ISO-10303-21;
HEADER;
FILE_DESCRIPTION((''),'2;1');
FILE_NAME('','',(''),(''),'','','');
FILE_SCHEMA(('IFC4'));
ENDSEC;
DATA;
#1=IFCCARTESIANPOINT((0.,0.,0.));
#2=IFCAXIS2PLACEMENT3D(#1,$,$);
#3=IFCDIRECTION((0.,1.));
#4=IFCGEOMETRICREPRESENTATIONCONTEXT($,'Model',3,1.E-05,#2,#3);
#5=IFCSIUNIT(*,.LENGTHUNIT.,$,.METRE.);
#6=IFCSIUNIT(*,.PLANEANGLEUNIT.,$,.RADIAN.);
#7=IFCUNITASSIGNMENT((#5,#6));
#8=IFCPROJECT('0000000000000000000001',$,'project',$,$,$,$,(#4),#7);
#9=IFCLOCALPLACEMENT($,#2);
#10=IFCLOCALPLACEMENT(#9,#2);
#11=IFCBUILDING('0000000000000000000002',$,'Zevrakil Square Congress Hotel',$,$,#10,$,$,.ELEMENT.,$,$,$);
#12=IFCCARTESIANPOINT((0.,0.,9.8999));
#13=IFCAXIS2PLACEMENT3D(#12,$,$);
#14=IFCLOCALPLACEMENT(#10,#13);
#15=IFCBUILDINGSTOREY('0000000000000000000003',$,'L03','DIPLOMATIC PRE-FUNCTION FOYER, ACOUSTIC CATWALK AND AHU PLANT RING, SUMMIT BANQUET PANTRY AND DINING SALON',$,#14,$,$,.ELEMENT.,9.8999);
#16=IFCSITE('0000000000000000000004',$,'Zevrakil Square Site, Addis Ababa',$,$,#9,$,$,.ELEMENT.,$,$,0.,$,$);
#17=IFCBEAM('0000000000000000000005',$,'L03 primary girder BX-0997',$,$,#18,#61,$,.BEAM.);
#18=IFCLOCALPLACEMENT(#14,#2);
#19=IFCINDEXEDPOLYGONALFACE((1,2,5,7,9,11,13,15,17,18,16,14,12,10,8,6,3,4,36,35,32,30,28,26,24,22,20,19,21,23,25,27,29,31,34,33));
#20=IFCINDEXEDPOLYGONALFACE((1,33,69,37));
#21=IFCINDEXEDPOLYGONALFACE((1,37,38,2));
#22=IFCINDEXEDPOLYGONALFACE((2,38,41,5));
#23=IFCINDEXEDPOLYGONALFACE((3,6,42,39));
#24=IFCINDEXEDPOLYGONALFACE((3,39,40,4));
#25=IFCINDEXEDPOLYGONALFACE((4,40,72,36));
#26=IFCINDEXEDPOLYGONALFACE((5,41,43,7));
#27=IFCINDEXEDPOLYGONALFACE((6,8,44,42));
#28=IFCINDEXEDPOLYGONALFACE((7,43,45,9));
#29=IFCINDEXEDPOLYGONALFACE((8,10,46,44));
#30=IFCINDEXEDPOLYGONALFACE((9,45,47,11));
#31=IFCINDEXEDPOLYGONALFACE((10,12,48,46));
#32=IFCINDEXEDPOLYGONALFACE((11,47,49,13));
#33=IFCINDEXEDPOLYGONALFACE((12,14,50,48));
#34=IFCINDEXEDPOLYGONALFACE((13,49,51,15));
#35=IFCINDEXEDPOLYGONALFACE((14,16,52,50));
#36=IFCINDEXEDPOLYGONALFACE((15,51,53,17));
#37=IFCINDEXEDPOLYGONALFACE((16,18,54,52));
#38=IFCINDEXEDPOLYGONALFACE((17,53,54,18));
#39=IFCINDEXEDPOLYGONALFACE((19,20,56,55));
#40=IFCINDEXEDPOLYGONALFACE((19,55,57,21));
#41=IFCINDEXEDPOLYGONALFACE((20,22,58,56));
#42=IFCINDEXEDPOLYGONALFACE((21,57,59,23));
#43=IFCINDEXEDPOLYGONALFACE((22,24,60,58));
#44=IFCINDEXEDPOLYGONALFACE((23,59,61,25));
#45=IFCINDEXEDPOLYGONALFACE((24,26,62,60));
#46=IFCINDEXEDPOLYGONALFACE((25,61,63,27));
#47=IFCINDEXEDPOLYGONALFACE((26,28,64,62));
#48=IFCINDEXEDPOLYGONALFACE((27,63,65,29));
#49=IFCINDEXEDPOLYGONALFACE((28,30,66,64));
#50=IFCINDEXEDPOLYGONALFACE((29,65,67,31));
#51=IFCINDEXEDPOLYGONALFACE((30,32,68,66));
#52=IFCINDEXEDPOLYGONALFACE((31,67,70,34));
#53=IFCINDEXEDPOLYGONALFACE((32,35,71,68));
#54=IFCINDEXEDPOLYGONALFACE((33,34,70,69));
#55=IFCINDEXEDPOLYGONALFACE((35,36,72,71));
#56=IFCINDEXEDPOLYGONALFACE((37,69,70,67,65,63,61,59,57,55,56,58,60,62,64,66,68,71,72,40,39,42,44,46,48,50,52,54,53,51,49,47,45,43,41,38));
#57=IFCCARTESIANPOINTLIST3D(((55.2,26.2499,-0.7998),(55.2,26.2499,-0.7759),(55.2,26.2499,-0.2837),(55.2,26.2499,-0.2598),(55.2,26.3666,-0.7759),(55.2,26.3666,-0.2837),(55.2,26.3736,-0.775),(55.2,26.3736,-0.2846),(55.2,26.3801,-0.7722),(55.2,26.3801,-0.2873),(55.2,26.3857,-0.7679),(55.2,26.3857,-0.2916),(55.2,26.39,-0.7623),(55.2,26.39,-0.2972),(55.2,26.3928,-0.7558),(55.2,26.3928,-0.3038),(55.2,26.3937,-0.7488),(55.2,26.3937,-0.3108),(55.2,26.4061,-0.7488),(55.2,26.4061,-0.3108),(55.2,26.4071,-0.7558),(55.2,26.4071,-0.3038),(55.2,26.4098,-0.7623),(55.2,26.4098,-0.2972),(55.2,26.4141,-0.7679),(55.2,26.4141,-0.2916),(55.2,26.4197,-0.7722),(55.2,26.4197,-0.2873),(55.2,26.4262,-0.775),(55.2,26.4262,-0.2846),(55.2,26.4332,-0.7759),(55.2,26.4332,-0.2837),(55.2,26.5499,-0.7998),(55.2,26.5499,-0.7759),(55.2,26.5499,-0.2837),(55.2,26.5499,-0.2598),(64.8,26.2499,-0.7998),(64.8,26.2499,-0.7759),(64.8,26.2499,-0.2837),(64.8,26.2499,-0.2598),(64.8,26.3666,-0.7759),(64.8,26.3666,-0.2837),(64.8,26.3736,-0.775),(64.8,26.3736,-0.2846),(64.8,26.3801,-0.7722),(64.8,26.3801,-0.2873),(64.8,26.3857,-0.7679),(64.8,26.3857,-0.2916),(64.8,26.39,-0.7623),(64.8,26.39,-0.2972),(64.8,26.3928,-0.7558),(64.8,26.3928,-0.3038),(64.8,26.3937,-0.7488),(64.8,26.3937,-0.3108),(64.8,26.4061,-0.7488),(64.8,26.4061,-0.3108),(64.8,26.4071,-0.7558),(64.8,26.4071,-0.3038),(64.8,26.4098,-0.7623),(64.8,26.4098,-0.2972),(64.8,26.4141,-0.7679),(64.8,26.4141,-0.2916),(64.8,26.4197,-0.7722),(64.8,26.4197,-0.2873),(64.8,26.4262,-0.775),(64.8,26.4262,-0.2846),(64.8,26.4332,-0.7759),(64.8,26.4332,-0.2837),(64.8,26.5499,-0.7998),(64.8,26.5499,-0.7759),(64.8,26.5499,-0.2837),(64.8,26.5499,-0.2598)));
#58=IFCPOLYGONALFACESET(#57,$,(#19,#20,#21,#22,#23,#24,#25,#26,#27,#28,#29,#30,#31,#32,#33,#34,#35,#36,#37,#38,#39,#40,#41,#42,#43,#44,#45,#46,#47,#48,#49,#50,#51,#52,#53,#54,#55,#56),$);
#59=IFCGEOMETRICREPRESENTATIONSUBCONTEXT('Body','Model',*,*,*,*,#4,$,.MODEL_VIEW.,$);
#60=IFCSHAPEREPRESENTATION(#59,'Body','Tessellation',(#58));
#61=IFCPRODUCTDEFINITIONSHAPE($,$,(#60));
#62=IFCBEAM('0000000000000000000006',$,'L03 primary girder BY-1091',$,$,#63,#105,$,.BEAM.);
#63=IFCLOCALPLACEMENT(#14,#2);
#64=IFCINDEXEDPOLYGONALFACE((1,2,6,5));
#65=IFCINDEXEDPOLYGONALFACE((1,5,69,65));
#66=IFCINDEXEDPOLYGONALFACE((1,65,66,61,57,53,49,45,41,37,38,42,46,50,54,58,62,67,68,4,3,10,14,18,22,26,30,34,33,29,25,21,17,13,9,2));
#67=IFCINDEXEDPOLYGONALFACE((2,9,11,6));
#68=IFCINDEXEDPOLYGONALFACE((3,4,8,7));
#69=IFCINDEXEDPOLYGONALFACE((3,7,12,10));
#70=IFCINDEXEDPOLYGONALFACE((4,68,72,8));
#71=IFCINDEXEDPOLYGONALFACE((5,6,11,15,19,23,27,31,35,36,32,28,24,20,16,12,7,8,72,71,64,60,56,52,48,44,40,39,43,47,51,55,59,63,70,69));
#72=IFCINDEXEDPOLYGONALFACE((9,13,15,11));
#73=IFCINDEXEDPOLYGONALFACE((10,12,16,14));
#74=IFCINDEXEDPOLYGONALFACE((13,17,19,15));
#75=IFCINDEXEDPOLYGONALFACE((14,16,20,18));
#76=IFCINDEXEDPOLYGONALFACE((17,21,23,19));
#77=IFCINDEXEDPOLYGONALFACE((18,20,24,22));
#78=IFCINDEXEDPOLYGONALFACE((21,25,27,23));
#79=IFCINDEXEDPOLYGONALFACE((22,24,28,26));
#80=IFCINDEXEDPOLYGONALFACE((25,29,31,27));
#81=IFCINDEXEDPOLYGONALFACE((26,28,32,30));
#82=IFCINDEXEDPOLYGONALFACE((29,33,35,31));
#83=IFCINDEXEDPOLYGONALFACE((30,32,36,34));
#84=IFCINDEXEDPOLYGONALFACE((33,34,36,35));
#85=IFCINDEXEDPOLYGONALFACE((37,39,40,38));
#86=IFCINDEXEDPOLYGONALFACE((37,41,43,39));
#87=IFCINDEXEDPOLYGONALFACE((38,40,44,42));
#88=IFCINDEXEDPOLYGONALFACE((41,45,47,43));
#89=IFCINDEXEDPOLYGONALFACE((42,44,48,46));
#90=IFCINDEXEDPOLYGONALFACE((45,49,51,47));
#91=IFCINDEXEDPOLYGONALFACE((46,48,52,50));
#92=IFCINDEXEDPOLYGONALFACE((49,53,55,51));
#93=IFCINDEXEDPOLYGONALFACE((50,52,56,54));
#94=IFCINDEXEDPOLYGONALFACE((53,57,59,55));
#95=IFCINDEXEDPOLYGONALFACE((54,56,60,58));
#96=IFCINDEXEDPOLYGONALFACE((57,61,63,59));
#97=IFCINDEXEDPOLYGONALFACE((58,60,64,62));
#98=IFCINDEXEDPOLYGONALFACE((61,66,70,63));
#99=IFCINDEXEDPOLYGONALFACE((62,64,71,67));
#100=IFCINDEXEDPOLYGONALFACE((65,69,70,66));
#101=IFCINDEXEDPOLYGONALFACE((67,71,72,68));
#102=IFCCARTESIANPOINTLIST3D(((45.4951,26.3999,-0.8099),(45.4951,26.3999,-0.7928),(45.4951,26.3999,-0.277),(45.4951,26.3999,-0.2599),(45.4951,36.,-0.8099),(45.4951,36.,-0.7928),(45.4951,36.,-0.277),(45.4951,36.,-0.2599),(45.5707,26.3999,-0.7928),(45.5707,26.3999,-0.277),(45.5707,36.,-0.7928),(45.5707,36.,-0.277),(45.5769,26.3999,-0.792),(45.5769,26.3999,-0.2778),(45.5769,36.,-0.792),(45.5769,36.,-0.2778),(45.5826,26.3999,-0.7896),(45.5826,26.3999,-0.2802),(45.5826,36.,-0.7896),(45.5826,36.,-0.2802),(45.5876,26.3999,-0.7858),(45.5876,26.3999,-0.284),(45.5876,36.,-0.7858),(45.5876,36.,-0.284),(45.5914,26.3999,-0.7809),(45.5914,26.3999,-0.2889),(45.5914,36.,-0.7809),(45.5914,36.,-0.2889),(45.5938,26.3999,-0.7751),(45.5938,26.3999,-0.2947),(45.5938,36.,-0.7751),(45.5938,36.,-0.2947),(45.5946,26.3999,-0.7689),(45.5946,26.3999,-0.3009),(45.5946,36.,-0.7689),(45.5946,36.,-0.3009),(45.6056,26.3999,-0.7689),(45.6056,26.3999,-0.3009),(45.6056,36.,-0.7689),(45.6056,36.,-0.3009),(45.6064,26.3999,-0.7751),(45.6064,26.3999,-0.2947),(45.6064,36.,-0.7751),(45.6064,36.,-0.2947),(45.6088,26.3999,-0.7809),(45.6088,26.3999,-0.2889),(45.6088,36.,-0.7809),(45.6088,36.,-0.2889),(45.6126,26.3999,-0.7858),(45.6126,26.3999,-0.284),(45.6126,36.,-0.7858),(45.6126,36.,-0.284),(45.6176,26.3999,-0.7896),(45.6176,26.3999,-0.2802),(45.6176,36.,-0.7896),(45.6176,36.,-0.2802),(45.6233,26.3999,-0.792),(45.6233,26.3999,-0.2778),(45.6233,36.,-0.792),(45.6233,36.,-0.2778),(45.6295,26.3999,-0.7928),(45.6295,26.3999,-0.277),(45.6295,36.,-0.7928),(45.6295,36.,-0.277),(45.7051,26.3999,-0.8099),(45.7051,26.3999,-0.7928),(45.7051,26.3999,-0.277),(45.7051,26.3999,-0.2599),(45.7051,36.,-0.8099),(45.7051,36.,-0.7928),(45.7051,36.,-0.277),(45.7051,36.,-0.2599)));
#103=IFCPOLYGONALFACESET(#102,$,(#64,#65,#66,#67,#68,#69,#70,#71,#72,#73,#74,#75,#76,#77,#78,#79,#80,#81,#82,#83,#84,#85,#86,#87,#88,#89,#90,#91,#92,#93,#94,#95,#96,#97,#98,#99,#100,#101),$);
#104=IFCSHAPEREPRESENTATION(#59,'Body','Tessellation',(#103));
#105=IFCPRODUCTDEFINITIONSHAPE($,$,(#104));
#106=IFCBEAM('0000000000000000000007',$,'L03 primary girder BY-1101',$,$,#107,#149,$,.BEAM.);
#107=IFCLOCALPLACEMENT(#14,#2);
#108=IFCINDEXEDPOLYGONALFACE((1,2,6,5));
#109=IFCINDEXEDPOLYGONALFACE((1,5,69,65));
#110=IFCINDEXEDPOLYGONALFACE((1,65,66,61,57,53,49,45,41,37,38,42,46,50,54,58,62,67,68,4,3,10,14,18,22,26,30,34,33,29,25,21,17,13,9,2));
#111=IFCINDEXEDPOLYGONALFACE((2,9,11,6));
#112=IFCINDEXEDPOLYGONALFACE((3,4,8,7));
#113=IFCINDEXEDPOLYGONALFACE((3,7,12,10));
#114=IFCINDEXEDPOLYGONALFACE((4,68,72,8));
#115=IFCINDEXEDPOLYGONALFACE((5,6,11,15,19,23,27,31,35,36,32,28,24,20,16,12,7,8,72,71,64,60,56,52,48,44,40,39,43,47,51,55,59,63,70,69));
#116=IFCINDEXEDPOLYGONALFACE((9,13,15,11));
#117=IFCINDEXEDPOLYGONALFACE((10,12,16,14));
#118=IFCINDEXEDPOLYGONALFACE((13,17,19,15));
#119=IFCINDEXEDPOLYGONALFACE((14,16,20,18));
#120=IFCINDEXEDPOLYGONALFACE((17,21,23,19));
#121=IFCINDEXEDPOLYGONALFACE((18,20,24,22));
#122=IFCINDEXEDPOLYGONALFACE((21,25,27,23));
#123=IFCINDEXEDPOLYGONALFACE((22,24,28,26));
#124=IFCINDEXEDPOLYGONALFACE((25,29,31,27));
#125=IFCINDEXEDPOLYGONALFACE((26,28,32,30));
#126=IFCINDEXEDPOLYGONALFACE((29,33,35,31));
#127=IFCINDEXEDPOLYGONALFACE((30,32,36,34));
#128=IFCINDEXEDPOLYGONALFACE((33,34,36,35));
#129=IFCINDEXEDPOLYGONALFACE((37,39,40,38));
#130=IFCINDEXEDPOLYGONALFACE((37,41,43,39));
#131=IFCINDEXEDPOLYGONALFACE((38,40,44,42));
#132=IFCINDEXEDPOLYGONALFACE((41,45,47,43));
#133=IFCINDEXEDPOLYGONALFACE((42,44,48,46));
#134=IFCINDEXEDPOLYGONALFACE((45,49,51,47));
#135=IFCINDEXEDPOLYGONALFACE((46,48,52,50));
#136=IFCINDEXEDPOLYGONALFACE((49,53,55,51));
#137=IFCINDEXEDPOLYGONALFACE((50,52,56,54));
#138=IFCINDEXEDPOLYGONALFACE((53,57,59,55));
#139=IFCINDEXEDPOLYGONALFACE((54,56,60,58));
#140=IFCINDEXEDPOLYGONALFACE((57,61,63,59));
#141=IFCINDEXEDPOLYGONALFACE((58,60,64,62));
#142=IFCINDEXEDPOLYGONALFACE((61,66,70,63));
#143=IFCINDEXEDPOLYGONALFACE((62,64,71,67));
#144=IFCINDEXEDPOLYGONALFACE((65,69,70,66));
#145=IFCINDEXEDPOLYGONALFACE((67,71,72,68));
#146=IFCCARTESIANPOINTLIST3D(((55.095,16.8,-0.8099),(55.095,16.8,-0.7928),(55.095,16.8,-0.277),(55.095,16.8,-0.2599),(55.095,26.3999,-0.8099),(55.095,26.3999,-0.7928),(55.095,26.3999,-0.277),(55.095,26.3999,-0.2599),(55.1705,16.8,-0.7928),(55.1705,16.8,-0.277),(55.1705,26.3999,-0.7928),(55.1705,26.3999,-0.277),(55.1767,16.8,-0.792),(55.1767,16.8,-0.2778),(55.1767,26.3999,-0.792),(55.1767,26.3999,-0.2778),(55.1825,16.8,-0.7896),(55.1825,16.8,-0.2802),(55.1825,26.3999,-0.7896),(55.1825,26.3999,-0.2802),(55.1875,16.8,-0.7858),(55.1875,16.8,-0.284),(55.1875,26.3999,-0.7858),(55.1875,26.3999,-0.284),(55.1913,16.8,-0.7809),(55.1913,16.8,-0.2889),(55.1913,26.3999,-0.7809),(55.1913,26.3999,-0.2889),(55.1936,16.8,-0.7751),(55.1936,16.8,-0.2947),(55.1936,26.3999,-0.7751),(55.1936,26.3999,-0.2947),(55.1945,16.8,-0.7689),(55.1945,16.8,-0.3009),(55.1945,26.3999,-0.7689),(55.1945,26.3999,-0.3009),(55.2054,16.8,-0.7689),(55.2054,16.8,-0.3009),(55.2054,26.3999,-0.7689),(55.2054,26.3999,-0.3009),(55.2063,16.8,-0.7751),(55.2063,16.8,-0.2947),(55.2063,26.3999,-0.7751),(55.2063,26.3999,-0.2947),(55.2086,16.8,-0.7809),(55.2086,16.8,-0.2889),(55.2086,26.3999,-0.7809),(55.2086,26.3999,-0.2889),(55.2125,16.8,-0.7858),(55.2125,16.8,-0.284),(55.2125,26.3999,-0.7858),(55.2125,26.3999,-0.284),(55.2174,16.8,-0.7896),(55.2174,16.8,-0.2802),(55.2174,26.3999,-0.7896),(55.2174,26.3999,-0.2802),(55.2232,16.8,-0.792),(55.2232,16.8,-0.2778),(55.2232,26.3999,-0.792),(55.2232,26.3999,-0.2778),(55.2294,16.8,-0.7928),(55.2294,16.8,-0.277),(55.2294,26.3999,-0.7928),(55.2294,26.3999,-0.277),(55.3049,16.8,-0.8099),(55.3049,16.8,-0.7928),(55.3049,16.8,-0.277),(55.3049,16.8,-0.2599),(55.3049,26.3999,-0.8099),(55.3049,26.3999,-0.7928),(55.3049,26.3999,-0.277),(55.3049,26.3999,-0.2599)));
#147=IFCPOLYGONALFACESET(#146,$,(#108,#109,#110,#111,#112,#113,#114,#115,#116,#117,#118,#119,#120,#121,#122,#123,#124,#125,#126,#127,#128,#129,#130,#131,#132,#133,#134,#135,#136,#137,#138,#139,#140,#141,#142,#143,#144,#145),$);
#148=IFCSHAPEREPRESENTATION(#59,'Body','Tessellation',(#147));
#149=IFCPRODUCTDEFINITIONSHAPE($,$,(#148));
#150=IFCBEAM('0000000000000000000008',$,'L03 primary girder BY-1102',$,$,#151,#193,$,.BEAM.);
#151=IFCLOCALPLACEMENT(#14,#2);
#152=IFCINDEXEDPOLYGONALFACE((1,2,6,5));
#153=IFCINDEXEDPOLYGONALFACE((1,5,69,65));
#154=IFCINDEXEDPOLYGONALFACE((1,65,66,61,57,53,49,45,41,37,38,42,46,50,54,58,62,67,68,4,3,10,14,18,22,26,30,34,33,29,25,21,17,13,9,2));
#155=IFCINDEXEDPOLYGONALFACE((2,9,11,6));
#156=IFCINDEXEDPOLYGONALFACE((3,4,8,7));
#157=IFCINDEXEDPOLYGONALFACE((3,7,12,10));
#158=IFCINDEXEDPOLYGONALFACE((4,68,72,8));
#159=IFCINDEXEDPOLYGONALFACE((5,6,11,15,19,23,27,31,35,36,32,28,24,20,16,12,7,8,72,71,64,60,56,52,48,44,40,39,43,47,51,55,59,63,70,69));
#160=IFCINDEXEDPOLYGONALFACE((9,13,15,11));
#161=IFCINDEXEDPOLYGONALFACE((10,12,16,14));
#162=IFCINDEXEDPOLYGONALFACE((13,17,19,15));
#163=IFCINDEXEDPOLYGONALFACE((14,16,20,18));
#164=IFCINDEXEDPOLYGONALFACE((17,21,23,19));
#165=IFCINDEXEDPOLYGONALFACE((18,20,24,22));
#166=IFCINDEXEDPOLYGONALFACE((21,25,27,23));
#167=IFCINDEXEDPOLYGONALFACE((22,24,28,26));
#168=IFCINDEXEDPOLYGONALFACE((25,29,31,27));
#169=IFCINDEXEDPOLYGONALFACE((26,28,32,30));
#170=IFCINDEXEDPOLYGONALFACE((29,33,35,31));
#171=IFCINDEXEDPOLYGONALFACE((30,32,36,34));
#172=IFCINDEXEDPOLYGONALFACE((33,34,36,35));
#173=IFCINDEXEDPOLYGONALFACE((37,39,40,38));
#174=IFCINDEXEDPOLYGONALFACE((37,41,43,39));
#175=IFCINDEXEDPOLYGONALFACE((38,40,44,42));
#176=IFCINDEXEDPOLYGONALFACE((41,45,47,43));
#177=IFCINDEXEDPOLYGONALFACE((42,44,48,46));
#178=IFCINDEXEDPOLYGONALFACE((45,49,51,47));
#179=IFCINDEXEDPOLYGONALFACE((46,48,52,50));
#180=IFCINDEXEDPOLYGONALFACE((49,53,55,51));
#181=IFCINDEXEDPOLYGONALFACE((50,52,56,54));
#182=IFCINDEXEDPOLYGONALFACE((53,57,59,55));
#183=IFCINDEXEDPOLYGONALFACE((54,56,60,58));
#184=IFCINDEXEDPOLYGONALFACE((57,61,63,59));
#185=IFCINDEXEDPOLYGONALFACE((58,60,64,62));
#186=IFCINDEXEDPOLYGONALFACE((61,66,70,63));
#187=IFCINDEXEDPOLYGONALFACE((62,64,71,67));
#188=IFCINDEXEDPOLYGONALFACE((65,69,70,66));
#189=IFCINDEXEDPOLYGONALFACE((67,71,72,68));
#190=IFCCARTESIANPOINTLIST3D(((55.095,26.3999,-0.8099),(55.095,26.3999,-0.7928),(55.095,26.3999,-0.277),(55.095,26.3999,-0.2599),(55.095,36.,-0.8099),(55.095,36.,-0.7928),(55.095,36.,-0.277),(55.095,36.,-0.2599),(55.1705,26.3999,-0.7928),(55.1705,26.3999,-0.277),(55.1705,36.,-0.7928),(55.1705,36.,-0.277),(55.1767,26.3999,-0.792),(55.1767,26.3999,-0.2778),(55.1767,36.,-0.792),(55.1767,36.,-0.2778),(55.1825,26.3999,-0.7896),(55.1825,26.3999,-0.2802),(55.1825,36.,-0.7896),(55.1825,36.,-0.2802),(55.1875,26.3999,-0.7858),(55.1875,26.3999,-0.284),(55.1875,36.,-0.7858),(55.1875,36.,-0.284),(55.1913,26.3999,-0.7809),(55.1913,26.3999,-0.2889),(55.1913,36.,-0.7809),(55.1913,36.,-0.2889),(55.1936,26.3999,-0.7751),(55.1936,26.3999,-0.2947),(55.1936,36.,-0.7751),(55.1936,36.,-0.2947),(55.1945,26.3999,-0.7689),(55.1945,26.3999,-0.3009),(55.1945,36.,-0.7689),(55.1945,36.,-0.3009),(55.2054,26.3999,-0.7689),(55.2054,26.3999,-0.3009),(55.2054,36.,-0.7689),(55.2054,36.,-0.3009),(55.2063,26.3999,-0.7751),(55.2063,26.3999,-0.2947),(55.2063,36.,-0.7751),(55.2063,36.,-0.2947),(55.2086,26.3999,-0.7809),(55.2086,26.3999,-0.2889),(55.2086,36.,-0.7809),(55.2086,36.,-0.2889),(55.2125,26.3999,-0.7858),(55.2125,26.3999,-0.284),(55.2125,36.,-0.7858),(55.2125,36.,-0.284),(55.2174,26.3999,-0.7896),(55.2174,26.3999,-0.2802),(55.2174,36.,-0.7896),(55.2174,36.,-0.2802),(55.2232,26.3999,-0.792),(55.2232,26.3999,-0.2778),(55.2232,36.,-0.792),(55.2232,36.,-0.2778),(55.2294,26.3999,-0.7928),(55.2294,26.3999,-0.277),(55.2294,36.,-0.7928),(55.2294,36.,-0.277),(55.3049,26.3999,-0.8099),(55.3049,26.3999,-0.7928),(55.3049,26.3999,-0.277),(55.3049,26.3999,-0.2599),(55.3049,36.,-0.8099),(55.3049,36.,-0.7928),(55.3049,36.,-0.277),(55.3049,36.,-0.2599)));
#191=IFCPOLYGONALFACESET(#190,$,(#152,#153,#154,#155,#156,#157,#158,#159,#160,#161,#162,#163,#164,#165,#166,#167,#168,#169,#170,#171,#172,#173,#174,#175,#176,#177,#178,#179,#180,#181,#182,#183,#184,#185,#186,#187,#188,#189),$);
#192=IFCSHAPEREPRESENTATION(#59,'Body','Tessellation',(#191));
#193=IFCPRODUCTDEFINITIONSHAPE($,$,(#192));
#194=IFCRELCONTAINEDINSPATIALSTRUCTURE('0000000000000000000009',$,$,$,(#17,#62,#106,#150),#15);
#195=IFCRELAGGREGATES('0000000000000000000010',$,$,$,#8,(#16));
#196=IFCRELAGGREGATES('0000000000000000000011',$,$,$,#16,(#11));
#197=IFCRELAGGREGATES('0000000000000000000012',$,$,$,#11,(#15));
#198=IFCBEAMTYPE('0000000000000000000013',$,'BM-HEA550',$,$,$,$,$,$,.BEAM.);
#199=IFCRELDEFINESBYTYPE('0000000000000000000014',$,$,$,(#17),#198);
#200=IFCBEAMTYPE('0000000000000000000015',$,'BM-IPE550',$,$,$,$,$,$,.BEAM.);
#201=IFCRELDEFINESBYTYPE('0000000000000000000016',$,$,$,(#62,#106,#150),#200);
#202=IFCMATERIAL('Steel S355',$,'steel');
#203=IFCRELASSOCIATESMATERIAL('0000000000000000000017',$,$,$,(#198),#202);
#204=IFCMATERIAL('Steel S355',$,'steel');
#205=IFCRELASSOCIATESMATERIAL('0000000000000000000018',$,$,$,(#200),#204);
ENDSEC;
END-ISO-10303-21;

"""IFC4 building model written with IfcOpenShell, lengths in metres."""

from ifc_helpers import new_model, si_unit, direction, frame, origin, origin_2d, place, context, subcontext, project, spatial, i_section, extrude, material, material_profile, profile_set, type_object, element, save


model = new_model("IFC4")

# Units and contexts
model_context = context("Model", 3, precision=1e-05, world=origin(), true_north=direction((0.0, 1.0)))
body_context = subcontext(model_context, "Body", "Model", "MODEL_VIEW")
ifc_project = project(units=[si_unit("LENGTHUNIT", "METRE"), si_unit("PLANEANGLEUNIT", "RADIAN")], contexts=[model_context])

# Site, building, storey
site_placement = place(None, origin())
site = spatial("IfcSite", under=ifc_project, at=site_placement, Name="Zevrakil Square Site, Addis Ababa", CompositionType="ELEMENT", RefElevation=0.0)
building_placement = place(site_placement, origin())
building = spatial("IfcBuilding", under=site, at=building_placement, Name="Zevrakil Square Congress Hotel", CompositionType="ELEMENT")
storey_placement = place(building_placement, frame((0.0, 0.0, 9.8999)))
storey = spatial("IfcBuildingStorey", under=building, at=storey_placement, Name="L03", Description="DIPLOMATIC PRE-FUNCTION FOYER, ACOUSTIC CATWALK AND AHU PLANT RING, SUMMIT BANQUET PANTRY AND DINING SALON", CompositionType="ELEMENT", Elevation=9.8999)

# Beams
ifc_material_1 = material(Name="Steel S355", Category="steel")
ifc_material_profile_1 = material_profile(ifc_material_1, i_section(OverallWidth=0.3, OverallDepth=0.54, WebThickness=0.0125, FlangeThickness=0.0239, FilletRadius=0.0271, at=origin_2d()), Name="HEA 550")
ifc_profile_set_1 = profile_set([ifc_material_profile_1], Name="Steel S355")
beam_type_1 = type_object("IfcBeamType", Name="BM-HEA550", PredefinedType="BEAM", material=ifc_profile_set_1)
beam_1_placement = place(storey_placement, frame((55.2, 26.3999, -0.5298), z_axis=(1.0, 0.0, 0.0), x_axis=(0.0, 1.0, 0.0)))
element("IfcBeam", 1, at=beam_1_placement, inside=storey, type_object=beam_type_1, Name="L03 primary girder BX-0997", PredefinedType="BEAM", context=body_context, shape_type="SweptSolid", body=[
    extrude(i_section(OverallWidth=0.3, OverallDepth=0.54, WebThickness=0.0125, FlangeThickness=0.0239, FilletRadius=0.0271, at=origin_2d()), origin(), (0.0, 0.0, 1.0), 9.6001),
])
ifc_material_2 = material(Name="Steel S355", Category="steel")
ifc_material_profile_2 = material_profile(ifc_material_2, i_section(OverallWidth=0.21, OverallDepth=0.55, WebThickness=0.011, FlangeThickness=0.0171, FilletRadius=0.0239, at=origin_2d()), Name="IPE 550")
ifc_profile_set_2 = profile_set([ifc_material_profile_2], Name="Steel S355")
beam_type_2 = type_object("IfcBeamType", Name="BM-IPE550", PredefinedType="BEAM", material=ifc_profile_set_2)
beam_2_placement = place(storey_placement, frame((45.6001, 26.3999, -0.5349), z_axis=(0.0, 1.0, 0.0), x_axis=(-1.0, 0.0, 0.0)))
element("IfcBeam", 2, at=beam_2_placement, inside=storey, type_object=beam_type_2, Name="L03 primary girder BY-1091", PredefinedType="BEAM", context=body_context, shape_type="SweptSolid", body=[
    extrude(i_section(OverallWidth=0.21, OverallDepth=0.55, WebThickness=0.011, FlangeThickness=0.0171, FilletRadius=0.0239, at=origin_2d()), origin(), (0.0, 0.0, 1.0), 9.6001),
])
beam_3_placement = place(storey_placement, frame((55.2, 16.8, -0.5349), z_axis=(0.0, 1.0, 0.0), x_axis=(-1.0, 0.0, 0.0)))
element("IfcBeam", 3, at=beam_3_placement, inside=storey, type_object=beam_type_2, Name="L03 primary girder BY-1101", PredefinedType="BEAM", context=body_context, shape_type="SweptSolid", body=[
    extrude(i_section(OverallWidth=0.21, OverallDepth=0.55, WebThickness=0.011, FlangeThickness=0.0171, FilletRadius=0.0239, at=origin_2d()), origin(), (0.0, 0.0, 1.0), 9.5999),
])
beam_4_placement = place(storey_placement, frame((55.2, 26.3999, -0.5349), z_axis=(0.0, 1.0, 0.0), x_axis=(-1.0, 0.0, 0.0)))
element("IfcBeam", 4, at=beam_4_placement, inside=storey, type_object=beam_type_2, Name="L03 primary girder BY-1102", PredefinedType="BEAM", context=body_context, shape_type="SweptSolid", body=[
    extrude(i_section(OverallWidth=0.21, OverallDepth=0.55, WebThickness=0.011, FlangeThickness=0.0171, FilletRadius=0.0239, at=origin_2d()), origin(), (0.0, 0.0, 1.0), 9.6001),
])

save(model, "model.ifc")
